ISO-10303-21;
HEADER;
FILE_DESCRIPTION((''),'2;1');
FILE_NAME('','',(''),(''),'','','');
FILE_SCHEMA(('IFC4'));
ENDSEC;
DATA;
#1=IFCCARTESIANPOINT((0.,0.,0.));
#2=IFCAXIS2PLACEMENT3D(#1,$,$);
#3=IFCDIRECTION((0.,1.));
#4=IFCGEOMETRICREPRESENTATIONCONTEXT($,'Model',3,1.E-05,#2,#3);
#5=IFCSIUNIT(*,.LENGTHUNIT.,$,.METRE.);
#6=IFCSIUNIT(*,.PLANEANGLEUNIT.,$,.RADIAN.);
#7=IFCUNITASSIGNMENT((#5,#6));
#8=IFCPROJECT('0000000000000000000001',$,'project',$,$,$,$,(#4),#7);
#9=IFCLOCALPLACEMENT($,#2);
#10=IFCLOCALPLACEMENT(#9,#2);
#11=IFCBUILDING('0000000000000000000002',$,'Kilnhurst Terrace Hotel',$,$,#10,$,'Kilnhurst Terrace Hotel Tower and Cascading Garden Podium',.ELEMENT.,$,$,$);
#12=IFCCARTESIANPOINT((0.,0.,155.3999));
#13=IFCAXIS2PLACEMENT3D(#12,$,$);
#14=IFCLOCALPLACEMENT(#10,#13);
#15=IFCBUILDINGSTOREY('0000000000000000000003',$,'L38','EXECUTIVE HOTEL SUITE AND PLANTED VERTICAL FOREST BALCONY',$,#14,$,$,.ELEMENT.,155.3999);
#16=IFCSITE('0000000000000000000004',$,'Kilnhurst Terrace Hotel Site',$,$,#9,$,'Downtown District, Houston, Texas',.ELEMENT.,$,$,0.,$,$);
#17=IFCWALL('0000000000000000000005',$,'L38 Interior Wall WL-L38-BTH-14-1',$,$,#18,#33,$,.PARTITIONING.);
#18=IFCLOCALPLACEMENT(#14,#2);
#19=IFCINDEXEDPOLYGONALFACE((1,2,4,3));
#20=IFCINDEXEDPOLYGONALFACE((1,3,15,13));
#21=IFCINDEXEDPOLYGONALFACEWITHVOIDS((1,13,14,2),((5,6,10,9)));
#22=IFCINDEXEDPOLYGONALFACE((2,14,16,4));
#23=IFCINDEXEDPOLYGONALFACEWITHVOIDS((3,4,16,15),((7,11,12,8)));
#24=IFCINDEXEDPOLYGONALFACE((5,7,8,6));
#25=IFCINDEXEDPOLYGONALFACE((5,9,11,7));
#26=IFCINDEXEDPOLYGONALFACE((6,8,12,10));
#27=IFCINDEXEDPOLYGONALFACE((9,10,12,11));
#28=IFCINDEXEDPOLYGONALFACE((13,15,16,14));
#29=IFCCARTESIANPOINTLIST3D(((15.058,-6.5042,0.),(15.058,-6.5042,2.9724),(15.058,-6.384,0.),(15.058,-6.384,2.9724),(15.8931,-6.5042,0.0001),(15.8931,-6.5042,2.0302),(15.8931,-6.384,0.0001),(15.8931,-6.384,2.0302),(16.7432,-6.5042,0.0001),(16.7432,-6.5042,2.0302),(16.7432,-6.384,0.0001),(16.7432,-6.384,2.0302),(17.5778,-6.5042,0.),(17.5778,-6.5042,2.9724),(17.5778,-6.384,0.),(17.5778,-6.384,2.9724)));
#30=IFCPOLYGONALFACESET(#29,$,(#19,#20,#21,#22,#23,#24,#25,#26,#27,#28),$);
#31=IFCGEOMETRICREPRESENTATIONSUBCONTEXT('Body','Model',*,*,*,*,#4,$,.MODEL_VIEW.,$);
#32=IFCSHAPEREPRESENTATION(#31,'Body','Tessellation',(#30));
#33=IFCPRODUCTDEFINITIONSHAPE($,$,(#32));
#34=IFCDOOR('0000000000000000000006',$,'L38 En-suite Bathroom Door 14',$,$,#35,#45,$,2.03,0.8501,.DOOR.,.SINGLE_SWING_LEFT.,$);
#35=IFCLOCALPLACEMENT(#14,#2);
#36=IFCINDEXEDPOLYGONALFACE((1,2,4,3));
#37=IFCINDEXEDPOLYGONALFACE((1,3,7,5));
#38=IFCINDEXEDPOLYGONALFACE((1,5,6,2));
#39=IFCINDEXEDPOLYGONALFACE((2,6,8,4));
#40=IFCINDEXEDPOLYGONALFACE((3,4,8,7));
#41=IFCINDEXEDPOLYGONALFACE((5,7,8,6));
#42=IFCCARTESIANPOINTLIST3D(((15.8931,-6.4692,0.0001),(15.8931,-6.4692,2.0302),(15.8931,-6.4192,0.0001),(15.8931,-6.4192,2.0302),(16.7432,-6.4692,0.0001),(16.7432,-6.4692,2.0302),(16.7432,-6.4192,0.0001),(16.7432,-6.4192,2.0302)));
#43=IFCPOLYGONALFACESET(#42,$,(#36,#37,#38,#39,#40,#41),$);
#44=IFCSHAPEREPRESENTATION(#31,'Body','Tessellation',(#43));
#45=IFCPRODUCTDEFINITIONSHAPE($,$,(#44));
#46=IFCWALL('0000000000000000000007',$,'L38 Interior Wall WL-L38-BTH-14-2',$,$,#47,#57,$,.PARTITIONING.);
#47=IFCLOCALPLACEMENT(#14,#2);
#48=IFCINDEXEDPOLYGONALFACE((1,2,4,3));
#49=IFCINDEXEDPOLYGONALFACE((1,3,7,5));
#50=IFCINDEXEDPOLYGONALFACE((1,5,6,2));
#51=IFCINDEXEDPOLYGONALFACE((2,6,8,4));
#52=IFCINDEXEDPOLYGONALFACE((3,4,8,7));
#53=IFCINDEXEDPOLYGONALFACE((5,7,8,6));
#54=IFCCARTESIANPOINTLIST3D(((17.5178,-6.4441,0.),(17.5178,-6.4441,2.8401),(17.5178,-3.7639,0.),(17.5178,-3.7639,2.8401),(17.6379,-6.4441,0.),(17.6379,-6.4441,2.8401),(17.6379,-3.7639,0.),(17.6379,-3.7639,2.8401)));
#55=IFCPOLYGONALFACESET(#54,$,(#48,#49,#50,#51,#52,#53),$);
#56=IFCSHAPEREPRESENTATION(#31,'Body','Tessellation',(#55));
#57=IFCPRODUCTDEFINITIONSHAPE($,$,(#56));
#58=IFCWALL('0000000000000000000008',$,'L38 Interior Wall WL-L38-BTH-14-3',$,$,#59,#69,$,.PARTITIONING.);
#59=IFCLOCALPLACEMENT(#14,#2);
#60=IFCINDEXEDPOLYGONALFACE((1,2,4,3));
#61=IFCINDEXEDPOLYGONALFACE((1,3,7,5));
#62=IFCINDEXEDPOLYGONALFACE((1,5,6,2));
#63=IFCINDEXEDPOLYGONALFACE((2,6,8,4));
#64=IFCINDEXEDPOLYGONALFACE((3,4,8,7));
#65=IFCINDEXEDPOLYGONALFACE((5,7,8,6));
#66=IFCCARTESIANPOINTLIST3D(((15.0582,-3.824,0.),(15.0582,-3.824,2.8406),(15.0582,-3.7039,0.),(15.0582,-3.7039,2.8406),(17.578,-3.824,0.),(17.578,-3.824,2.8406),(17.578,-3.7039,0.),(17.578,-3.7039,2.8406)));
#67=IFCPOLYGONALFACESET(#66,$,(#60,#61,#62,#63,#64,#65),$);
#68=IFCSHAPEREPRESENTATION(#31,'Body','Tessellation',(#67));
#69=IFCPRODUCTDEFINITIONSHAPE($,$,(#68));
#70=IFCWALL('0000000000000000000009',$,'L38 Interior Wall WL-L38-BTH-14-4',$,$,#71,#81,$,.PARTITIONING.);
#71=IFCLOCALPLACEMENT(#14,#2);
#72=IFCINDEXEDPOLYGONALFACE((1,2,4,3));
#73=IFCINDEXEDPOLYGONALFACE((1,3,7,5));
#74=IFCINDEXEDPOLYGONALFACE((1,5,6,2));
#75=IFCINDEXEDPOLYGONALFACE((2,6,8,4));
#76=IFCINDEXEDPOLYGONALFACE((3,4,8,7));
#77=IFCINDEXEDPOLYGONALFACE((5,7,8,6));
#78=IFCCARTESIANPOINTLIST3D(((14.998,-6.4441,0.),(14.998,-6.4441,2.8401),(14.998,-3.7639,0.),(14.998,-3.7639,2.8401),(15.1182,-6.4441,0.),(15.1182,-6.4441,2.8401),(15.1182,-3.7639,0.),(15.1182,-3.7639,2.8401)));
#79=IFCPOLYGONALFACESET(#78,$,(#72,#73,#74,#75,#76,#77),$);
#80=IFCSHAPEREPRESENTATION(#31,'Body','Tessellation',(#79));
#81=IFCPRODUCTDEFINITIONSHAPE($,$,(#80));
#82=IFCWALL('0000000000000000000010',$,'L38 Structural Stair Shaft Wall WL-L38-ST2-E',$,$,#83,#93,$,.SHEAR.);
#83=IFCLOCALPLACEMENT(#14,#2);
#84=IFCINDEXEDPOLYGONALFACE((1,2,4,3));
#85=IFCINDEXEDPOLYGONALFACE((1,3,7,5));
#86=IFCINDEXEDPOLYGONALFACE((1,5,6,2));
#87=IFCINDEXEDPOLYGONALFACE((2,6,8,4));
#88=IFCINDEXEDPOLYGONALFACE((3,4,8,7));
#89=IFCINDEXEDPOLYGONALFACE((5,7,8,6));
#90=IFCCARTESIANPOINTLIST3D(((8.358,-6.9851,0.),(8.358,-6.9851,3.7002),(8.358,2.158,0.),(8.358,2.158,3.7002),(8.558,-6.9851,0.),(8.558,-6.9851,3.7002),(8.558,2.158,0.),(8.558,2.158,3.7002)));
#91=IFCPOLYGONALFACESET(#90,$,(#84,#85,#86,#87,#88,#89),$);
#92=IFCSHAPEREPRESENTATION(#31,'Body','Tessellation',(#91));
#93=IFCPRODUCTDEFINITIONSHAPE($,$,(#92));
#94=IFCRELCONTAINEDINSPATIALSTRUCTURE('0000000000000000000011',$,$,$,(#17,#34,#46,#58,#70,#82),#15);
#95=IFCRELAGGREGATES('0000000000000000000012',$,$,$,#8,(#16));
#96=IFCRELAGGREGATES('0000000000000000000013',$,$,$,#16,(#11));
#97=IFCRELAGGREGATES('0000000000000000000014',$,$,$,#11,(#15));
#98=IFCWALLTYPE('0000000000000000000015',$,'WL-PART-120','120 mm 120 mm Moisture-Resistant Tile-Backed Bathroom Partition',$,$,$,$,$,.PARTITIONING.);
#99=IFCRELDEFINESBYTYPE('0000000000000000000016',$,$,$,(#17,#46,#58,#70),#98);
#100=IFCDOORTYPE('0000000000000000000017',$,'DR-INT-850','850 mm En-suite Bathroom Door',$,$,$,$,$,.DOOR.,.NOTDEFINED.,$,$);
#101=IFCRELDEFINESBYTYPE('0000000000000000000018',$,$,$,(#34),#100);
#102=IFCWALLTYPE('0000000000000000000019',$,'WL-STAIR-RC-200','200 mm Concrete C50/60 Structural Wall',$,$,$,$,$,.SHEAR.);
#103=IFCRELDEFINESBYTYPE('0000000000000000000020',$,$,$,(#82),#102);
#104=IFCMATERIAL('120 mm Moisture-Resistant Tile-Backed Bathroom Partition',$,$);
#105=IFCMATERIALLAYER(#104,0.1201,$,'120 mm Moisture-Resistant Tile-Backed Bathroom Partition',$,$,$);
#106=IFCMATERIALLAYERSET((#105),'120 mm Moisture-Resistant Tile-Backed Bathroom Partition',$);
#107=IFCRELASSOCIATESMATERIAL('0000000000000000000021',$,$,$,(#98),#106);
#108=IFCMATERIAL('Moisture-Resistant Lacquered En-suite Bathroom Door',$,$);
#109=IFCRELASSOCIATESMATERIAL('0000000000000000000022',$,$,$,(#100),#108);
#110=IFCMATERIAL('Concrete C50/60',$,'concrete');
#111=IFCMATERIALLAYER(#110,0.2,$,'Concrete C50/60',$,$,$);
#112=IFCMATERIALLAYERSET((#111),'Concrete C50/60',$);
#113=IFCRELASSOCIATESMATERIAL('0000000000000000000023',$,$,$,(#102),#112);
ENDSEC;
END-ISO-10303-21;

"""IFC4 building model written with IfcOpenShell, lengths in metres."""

from ifc_helpers import new_model, si_unit, direction, frame, frame_2d, origin, place, context, subcontext, project, spatial, rectangle, extrude, material, layer, layer_set, type_object, element, fill, save


model = new_model("IFC4")

# Units and contexts
model_context = context("Model", 3, precision=1e-05, world=origin(), true_north=direction((0.0, 1.0)))
body_context = subcontext(model_context, "Body", "Model", "MODEL_VIEW")
ifc_project = project(units=[si_unit("LENGTHUNIT", "METRE"), si_unit("PLANEANGLEUNIT", "RADIAN")], contexts=[model_context])

# Site, building, storey
site_placement = place(None, origin())
site = spatial("IfcSite", under=ifc_project, at=site_placement, Name="Kilnhurst Terrace Hotel Site", LongName="Downtown District, Houston, Texas", CompositionType="ELEMENT", RefElevation=0.0)
building_placement = place(site_placement, origin())
building = spatial("IfcBuilding", under=site, at=building_placement, Name="Kilnhurst Terrace Hotel", LongName="Kilnhurst Terrace Hotel Tower and Cascading Garden Podium", CompositionType="ELEMENT")
storey_placement = place(building_placement, frame((0.0, 0.0, 155.3999)))
storey = spatial("IfcBuildingStorey", under=building, at=storey_placement, Name="L38", Description="EXECUTIVE HOTEL SUITE AND PLANTED VERTICAL FOREST BALCONY", CompositionType="ELEMENT", Elevation=155.3999)

# Shared definitions
ifc_material_1 = material(Name="Concrete C50/60", Category="concrete")

# Wall, opening, door
ifc_material_2 = material(Name="120 mm Moisture-Resistant Tile-Backed Bathroom Partition")
ifc_layer_1 = layer(ifc_material_2, 0.1201, Name="120 mm Moisture-Resistant Tile-Backed Bathroom Partition")
ifc_layer_set_1 = layer_set([ifc_layer_1], Name="120 mm Moisture-Resistant Tile-Backed Bathroom Partition")
wall_type_1 = type_object("IfcWallType", Name="WL-PART-120", Description="120 mm 120 mm Moisture-Resistant Tile-Backed Bathroom Partition", PredefinedType="PARTITIONING", material=ifc_layer_set_1)
wall_1_placement = place(storey_placement, frame((15.0581, -6.4441, 0.0), z_axis=(0.0, 0.0, 1.0), x_axis=(1.0, 0.0, 0.0)))
wall_1 = element("IfcWall", 1, at=wall_1_placement, inside=storey, type_object=wall_type_1, Name="L38 Interior Wall WL-L38-BTH-14-1", PredefinedType="PARTITIONING", context=body_context, shape_type="SweptSolid", body=[
    extrude(rectangle(XDim=2.5198, YDim=0.1201, at=frame_2d((1.2598, 0.0))), origin(), (0.0, 0.0, 1.0), 2.9724),
])
opening_1_placement = place(wall_1_placement, frame((0.835, 0.0, 0.0)))
opening_1 = element("IfcOpeningElement", 2, at=opening_1_placement, cuts=wall_1, PredefinedType="OPENING", context=body_context, shape_type="SweptSolid", body=[
    extrude(rectangle(XDim=0.8501, YDim=2.03, at=frame_2d((0.425, 1.0151))), frame((0.0, 0.0701, 0.0), z_axis=(0.0, -1.0, 0.0), x_axis=(1.0, 0.0, 0.0)), (0.0, 0.0, 1.0), 0.1401),
])
ifc_material_3 = material(Name="Moisture-Resistant Lacquered En-suite Bathroom Door")
door_type_1 = type_object("IfcDoorType", Name="DR-INT-850", Description="850 mm En-suite Bathroom Door", OperationType="NOTDEFINED", PredefinedType="DOOR", material=ifc_material_3)
door_1_placement = place(opening_1_placement, origin())
door_1 = element("IfcDoor", 3, at=door_1_placement, inside=storey, type_object=door_type_1, Name="L38 En-suite Bathroom Door 14", OperationType="SINGLE_SWING_LEFT", OverallHeight=2.03, OverallWidth=0.8501, PredefinedType="DOOR", context=body_context, shape_type="SweptSolid", body=[
    extrude(rectangle(XDim=0.8501, YDim=2.03, at=frame_2d((0.425, 1.0151))), frame((0.0, 0.0249, 0.0), z_axis=(0.0, -1.0, 0.0), x_axis=(1.0, 0.0, 0.0)), (0.0, 0.0, 1.0), 0.05),
])
fill(opening_1, door_1)

# Walls
wall_2_placement = place(storey_placement, frame((17.5779, -6.4441, 0.0), z_axis=(0.0, 0.0, 1.0), x_axis=(0.0, 1.0, 0.0)))
element("IfcWall", 4, at=wall_2_placement, inside=storey, type_object=wall_type_1, Name="L38 Interior Wall WL-L38-BTH-14-2", PredefinedType="PARTITIONING", context=body_context, shape_type="SweptSolid", body=[
    extrude(rectangle(XDim=2.6802, YDim=0.1201, at=frame_2d((1.3401, 0.0))), origin(), (0.0, 0.0, 1.0), 2.8401),
])
wall_3_placement = place(storey_placement, frame((17.5779, -3.7639, 0.0), z_axis=(0.0, 0.0, 1.0), x_axis=(-1.0, 0.0, 0.0)))
element("IfcWall", 5, at=wall_3_placement, inside=storey, type_object=wall_type_1, Name="L38 Interior Wall WL-L38-BTH-14-3", PredefinedType="PARTITIONING", context=body_context, shape_type="SweptSolid", body=[
    extrude(rectangle(XDim=2.5198, YDim=0.1201, at=frame_2d((1.2598, 0.0))), origin(), (0.0, 0.0, 1.0), 2.8406),
])
wall_4_placement = place(storey_placement, frame((15.0581, -3.7639, 0.0), z_axis=(0.0, 0.0, 1.0), x_axis=(0.0, -1.0, 0.0)))
element("IfcWall", 6, at=wall_4_placement, inside=storey, type_object=wall_type_1, Name="L38 Interior Wall WL-L38-BTH-14-4", PredefinedType="PARTITIONING", context=body_context, shape_type="SweptSolid", body=[
    extrude(rectangle(XDim=2.6802, YDim=0.1201, at=frame_2d((1.3401, 0.0))), origin(), (0.0, 0.0, 1.0), 2.8401),
])
ifc_layer_2 = layer(ifc_material_1, 0.2, Name="Concrete C50/60")
ifc_layer_set_2 = layer_set([ifc_layer_2], Name="Concrete C50/60")
wall_type_2 = type_object("IfcWallType", Name="WL-STAIR-RC-200", Description="200 mm Concrete C50/60 Structural Wall", PredefinedType="SHEAR", material=ifc_layer_set_2)
wall_5_placement = place(storey_placement, frame((8.458, -6.9851, 0.0), z_axis=(0.0, 0.0, 1.0), x_axis=(0.0, 1.0, 0.0)))
element("IfcWall", 7, at=wall_5_placement, inside=storey, type_object=wall_type_2, Name="L38 Structural Stair Shaft Wall WL-L38-ST2-E", PredefinedType="SHEAR", context=body_context, shape_type="SweptSolid", body=[
    extrude(rectangle(XDim=9.1431, YDim=0.2, at=frame_2d((4.5715, 0.0))), origin(), (0.0, 0.0, 1.0), 3.7002),
])

save(model, "model.ifc")
